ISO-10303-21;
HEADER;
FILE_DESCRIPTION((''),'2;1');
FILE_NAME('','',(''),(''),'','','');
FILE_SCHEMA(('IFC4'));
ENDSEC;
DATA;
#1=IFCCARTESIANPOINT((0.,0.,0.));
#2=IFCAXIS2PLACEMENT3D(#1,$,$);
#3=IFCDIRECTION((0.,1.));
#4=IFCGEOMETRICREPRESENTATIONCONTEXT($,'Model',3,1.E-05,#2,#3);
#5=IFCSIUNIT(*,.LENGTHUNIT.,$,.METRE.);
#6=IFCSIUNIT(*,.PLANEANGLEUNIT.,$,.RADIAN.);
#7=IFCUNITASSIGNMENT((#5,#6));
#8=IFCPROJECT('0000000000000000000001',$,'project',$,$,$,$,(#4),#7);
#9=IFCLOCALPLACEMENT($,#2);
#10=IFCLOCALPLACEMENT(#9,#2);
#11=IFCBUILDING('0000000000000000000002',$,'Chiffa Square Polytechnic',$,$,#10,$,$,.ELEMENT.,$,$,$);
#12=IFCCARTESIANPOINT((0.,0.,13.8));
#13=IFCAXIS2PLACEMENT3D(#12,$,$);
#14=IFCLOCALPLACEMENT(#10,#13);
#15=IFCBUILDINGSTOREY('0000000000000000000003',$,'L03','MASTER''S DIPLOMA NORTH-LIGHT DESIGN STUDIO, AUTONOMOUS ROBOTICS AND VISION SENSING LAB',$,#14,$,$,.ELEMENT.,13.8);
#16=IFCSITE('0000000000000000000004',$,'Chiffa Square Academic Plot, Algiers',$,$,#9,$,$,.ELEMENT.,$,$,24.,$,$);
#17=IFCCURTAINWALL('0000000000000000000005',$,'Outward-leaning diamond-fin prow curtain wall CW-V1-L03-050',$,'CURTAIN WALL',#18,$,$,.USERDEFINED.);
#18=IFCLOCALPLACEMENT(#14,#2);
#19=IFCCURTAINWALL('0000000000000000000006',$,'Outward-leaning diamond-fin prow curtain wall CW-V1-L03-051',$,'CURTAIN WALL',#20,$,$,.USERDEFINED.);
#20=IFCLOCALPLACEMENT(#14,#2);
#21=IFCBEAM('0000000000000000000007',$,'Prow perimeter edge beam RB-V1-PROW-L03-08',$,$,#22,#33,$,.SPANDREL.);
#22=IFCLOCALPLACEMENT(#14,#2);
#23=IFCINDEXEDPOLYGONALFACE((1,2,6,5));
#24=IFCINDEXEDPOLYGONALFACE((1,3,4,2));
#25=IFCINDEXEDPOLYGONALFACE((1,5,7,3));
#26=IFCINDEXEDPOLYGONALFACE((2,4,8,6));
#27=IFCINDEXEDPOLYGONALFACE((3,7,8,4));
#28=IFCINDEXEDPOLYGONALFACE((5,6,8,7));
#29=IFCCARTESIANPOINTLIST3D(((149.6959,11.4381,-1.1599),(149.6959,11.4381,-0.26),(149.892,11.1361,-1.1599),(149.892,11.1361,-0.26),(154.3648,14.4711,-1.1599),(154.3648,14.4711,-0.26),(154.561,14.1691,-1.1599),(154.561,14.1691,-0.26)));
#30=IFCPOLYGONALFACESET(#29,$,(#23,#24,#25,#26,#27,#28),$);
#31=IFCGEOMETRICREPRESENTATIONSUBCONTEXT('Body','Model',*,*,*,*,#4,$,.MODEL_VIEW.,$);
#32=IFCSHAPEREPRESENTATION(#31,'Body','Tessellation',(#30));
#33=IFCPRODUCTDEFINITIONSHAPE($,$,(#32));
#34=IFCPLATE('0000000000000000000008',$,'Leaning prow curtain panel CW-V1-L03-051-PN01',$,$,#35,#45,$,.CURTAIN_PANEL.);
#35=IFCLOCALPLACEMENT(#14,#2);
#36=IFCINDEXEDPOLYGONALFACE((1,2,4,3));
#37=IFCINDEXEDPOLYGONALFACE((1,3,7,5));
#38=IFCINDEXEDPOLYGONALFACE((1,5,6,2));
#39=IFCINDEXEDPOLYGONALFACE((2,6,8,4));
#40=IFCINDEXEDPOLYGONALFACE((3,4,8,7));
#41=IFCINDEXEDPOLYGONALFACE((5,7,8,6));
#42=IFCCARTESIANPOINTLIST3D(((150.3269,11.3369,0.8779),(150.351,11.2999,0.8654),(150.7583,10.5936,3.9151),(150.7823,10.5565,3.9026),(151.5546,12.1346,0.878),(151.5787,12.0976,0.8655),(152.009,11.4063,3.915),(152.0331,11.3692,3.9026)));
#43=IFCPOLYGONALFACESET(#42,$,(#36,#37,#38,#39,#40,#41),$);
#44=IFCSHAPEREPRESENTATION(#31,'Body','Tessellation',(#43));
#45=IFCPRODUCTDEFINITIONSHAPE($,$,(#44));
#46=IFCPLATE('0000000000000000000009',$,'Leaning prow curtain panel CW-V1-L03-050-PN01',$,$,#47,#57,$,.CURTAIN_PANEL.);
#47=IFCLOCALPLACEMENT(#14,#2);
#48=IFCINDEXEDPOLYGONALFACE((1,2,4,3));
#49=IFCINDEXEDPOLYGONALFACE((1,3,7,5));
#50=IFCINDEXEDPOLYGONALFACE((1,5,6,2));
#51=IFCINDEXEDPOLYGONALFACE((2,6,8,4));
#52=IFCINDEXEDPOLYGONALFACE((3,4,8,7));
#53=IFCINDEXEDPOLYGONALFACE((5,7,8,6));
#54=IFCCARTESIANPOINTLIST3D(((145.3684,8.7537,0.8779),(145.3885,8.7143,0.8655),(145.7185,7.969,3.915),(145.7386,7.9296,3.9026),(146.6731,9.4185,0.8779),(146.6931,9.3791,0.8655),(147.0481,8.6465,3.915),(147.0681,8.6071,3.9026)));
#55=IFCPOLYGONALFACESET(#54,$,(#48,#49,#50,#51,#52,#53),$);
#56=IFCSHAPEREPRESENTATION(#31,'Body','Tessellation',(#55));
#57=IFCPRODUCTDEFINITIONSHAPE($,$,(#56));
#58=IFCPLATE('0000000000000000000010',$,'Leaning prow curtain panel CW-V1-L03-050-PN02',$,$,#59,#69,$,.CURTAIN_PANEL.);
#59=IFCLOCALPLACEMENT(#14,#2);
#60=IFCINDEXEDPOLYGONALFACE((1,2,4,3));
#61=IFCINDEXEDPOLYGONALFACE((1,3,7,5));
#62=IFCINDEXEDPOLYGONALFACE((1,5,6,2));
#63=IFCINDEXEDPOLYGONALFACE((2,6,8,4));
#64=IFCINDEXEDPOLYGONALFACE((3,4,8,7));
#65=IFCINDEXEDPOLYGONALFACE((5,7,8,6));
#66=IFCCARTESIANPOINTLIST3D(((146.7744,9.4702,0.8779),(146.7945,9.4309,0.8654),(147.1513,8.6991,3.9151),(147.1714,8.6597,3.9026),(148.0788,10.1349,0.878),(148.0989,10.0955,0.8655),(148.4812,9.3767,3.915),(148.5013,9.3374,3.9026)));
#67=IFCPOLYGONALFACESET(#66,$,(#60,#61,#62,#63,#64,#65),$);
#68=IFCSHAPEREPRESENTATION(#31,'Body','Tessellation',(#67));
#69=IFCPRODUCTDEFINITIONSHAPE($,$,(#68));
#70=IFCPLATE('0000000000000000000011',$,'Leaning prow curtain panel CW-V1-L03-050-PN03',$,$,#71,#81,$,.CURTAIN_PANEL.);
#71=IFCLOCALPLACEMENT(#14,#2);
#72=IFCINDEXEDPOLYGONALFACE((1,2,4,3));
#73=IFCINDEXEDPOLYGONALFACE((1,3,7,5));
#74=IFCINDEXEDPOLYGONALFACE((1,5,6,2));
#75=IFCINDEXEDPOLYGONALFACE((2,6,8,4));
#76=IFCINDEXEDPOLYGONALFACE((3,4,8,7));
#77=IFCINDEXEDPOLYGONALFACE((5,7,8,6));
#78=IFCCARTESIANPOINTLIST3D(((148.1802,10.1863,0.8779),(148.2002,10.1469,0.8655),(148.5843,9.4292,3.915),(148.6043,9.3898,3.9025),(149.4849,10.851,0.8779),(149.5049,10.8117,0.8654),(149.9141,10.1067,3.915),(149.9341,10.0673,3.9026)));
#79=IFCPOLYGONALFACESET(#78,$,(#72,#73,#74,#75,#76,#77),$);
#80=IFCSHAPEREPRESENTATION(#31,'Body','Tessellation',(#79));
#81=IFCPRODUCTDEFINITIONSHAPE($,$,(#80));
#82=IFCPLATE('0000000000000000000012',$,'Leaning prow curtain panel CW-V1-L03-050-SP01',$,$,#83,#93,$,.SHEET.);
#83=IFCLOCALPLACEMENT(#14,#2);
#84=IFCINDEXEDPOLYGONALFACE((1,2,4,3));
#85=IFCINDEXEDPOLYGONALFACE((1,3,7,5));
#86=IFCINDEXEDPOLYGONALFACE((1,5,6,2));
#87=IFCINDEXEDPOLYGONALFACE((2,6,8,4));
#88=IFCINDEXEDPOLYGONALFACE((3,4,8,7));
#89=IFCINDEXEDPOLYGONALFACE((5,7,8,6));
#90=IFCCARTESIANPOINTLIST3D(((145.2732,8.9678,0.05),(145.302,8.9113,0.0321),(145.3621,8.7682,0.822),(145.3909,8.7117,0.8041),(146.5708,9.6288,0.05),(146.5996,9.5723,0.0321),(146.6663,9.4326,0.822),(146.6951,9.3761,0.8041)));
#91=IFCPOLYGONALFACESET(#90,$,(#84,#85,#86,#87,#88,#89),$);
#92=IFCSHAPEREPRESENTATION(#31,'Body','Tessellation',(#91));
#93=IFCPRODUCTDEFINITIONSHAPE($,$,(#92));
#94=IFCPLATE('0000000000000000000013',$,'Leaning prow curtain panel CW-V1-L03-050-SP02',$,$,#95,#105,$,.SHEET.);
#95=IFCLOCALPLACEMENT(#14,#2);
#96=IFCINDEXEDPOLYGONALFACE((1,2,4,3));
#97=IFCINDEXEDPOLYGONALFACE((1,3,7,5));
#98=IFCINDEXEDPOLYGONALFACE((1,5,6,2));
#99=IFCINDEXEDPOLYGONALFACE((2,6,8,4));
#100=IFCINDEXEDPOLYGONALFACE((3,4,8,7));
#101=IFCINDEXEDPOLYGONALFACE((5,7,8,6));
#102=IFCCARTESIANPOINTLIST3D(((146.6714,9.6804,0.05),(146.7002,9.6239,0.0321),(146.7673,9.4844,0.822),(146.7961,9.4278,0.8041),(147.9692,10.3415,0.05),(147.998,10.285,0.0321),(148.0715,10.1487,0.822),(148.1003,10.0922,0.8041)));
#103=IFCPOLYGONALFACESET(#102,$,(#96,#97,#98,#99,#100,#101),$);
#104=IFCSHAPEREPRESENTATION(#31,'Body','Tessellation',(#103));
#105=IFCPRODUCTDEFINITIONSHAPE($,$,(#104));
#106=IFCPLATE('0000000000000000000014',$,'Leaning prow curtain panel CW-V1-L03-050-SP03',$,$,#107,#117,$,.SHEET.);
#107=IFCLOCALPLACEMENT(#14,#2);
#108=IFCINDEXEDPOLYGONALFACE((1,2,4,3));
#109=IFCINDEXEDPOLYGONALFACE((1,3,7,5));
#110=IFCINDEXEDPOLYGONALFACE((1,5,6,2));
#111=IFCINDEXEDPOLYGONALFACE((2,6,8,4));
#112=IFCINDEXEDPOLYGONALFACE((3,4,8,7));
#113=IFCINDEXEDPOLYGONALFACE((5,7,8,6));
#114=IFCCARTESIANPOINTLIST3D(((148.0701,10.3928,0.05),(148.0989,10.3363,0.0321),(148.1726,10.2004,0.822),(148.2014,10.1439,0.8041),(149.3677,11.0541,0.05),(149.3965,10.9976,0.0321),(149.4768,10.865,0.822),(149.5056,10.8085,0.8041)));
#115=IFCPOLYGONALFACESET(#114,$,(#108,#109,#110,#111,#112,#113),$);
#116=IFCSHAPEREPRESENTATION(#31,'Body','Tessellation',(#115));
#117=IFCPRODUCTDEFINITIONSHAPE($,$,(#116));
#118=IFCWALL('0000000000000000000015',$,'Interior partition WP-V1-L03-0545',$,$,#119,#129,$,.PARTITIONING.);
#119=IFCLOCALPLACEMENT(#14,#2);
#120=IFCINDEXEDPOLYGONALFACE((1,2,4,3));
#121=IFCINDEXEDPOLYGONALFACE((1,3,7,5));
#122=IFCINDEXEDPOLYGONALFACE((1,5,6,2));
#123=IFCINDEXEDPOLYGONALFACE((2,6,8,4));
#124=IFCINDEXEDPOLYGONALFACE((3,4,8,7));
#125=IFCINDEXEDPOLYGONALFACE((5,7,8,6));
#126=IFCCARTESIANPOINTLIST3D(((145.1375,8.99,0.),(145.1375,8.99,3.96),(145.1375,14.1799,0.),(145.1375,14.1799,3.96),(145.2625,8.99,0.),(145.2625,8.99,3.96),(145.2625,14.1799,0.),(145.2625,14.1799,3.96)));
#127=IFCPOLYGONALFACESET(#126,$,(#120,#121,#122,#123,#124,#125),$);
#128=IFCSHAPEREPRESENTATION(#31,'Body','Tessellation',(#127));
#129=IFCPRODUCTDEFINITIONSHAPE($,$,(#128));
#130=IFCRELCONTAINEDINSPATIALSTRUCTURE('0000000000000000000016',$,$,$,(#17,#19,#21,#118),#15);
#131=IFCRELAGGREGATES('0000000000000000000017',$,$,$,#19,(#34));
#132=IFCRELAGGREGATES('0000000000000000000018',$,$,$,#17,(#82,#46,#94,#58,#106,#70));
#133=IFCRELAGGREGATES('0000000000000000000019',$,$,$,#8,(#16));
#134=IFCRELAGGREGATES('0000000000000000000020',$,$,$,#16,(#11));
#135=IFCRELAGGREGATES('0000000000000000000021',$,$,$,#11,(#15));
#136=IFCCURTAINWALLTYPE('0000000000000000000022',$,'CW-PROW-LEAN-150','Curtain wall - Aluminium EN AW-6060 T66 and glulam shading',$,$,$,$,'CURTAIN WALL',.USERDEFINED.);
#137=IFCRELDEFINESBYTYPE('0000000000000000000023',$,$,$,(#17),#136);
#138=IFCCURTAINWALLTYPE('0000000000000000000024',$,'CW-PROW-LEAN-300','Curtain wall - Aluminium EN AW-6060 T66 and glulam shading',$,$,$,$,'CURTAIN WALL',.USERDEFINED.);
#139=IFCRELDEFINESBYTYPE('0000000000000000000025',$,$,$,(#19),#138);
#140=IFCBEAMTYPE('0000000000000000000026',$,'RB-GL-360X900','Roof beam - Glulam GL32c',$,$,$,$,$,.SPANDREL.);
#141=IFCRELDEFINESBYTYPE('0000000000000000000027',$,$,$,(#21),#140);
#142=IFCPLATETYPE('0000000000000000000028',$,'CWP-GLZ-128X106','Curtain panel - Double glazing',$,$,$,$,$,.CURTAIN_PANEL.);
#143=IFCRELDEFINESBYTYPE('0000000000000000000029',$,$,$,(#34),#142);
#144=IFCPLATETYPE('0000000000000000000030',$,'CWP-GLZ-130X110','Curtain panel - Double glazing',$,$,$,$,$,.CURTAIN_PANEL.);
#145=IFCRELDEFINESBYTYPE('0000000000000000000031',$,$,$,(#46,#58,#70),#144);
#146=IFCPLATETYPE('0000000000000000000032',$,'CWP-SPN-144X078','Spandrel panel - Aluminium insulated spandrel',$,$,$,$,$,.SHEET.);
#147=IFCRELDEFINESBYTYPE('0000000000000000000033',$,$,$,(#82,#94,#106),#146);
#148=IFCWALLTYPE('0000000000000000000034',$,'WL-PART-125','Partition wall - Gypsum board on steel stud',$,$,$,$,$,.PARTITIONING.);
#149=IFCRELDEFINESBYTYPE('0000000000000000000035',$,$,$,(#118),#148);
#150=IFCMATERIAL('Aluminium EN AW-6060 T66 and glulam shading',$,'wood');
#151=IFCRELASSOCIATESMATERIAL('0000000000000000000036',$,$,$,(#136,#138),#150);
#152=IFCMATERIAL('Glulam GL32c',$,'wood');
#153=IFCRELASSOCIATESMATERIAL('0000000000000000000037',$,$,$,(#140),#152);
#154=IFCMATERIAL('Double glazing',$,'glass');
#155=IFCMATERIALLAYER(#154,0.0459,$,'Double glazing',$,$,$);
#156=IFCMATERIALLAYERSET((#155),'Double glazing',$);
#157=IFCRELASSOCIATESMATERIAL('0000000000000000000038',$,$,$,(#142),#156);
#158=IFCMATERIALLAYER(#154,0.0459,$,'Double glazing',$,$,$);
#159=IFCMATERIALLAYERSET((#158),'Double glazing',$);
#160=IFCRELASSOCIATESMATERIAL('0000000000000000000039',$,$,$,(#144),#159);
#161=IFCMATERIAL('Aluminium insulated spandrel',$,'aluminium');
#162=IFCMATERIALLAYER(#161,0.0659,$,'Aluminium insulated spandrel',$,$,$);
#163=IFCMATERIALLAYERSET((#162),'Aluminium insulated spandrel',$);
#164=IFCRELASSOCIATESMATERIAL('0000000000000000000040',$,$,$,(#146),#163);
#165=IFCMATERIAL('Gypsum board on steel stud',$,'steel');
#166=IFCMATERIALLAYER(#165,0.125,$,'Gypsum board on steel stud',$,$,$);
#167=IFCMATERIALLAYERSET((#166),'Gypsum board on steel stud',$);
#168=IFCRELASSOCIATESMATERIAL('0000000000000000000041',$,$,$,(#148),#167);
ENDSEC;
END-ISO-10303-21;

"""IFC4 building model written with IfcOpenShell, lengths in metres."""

from ifc_helpers import new_model, si_unit, direction, frame, frame_2d, origin, origin_2d, place, context, subcontext, project, spatial, polyline, rectangle, outline, extrude, material, layer, layer_set, material_profile, profile_set, type_object, element, aggregate, save


model = new_model("IFC4")

# Units and contexts
model_context = context("Model", 3, precision=1e-05, world=origin(), true_north=direction((0.0, 1.0)))
body_context = subcontext(model_context, "Body", "Model", "MODEL_VIEW")
ifc_project = project(units=[si_unit("LENGTHUNIT", "METRE"), si_unit("PLANEANGLEUNIT", "RADIAN")], contexts=[model_context])

# Site, building, storey
site_placement = place(None, origin())
site = spatial("IfcSite", under=ifc_project, at=site_placement, Name="Chiffa Square Academic Plot, Algiers", CompositionType="ELEMENT", RefElevation=24.0)
building_placement = place(site_placement, origin())
building = spatial("IfcBuilding", under=site, at=building_placement, Name="Chiffa Square Polytechnic", CompositionType="ELEMENT")
storey_placement = place(building_placement, frame((0.0, 0.0, 13.8)))
storey = spatial("IfcBuildingStorey", under=building, at=storey_placement, Name="L03", Description="MASTER'S DIPLOMA NORTH-LIGHT DESIGN STUDIO, AUTONOMOUS ROBOTICS AND VISION SENSING LAB", CompositionType="ELEMENT", Elevation=13.8)

# Shared definitions
ifc_material_1 = material(Name="Glulam GL32c", Category="wood")

# Curtain walls
ifc_material_2 = material(Name="Aluminium EN AW-6060 T66 and glulam shading", Category="wood")
curtain_wall_type_1 = type_object("IfcCurtainWallType", Name="CW-PROW-LEAN-150", Description="Curtain wall - Aluminium EN AW-6060 T66 and glulam shading", ElementType="CURTAIN WALL", PredefinedType="USERDEFINED", material=ifc_material_2)
curtain_wall_1_placement = place(storey_placement, origin())
curtain_wall_1 = element("IfcCurtainWall", 1, at=curtain_wall_1_placement, inside=storey, type_object=curtain_wall_type_1, Name="Outward-leaning diamond-fin prow curtain wall CW-V1-L03-050", ObjectType="CURTAIN WALL", PredefinedType="USERDEFINED")
curtain_wall_type_2 = type_object("IfcCurtainWallType", Name="CW-PROW-LEAN-300", Description="Curtain wall - Aluminium EN AW-6060 T66 and glulam shading", ElementType="CURTAIN WALL", PredefinedType="USERDEFINED", material=ifc_material_2)
curtain_wall_2_placement = place(storey_placement, origin())
curtain_wall_2 = element("IfcCurtainWall", 2, at=curtain_wall_2_placement, inside=storey, type_object=curtain_wall_type_2, Name="Outward-leaning diamond-fin prow curtain wall CW-V1-L03-051", ObjectType="CURTAIN WALL", PredefinedType="USERDEFINED")

# Beam
ifc_material_profile_1 = material_profile(ifc_material_1, rectangle(XDim=0.3601, YDim=0.8999, at=origin_2d()), Name="GL32c 360x900")
ifc_profile_set_1 = profile_set([ifc_material_profile_1], Name="Glulam GL32c")
beam_type = type_object("IfcBeamType", Name="RB-GL-360X900", Description="Roof beam - Glulam GL32c", PredefinedType="SPANDREL", material=ifc_profile_set_1)
beam_placement = place(storey_placement, frame((149.7939, 11.2871, -0.71), z_axis=(0.838596, 0.544754, 0.0), x_axis=(-0.544754, 0.838596, 0.0)))
element("IfcBeam", 3, at=beam_placement, inside=storey, type_object=beam_type, Name="Prow perimeter edge beam RB-V1-PROW-L03-08", PredefinedType="SPANDREL", context=body_context, shape_type="SweptSolid", body=[
    extrude(rectangle(XDim=0.3601, YDim=0.8999, at=origin_2d()), origin(), (0.0, 0.0, 1.0), 5.5676),
])

# Plates
ifc_material_3 = material(Name="Double glazing", Category="glass")
ifc_layer_1 = layer(ifc_material_3, 0.0459, Name="Double glazing")
ifc_layer_set_1 = layer_set([ifc_layer_1], Name="Double glazing")
plate_type_1 = type_object("IfcPlateType", Name="CWP-GLZ-128X106", Description="Curtain panel - Double glazing", PredefinedType="CURTAIN_PANEL", material=ifc_layer_set_1)
plate_1_placement = place(storey_placement, frame((150.3269, 11.3369, 0.8779), z_axis=(-0.52429, 0.806943, 0.271961), x_axis=(0.838552, 0.544822, 0.000017)))
plate_1 = element("IfcPlate", 4, at=plate_1_placement, type_object=plate_type_1, Name="Leaning prow curtain panel CW-V1-L03-051-PN01", PredefinedType="CURTAIN_PANEL", context=body_context, shape_type="SweptSolid", body=[
    extrude(outline(polyline([(0.0, 0.0), (1.4641, 0.0), (1.4484, -3.156), (-0.0432, -3.1561), (0.0, 0.0)])), origin(), (0.0, 0.0, -1.0), 0.0459),
])
aggregate(curtain_wall_2, [plate_1])
ifc_layer_2 = layer(ifc_material_3, 0.0459, Name="Double glazing")
ifc_layer_set_2 = layer_set([ifc_layer_2], Name="Double glazing")
plate_type_2 = type_object("IfcPlateType", Name="CWP-GLZ-130X110", Description="Curtain panel - Double glazing", PredefinedType="CURTAIN_PANEL", material=ifc_layer_set_2)
plate_2_placement = place(storey_placement, frame((145.3684, 8.7537, 0.8779), z_axis=(-0.436902, 0.857434, 0.271889), x_axis=(0.890999, 0.454005, 0.000001)))
plate_2 = element("IfcPlate", 5, at=plate_2_placement, type_object=plate_type_2, Name="Leaning prow curtain panel CW-V1-L03-050-PN01", PredefinedType="CURTAIN_PANEL", context=body_context, shape_type="SweptSolid", body=[
    extrude(outline(polyline([(0.0, 0.0), (1.4643, 0.0), (1.4479, -3.156), (-0.0443, -3.156), (0.0, 0.0)])), origin(), (0.0, 0.0, -1.0), 0.0459),
])
plate_3_placement = place(storey_placement, frame((146.7744, 9.4702, 0.8779), z_axis=(-0.436897, 0.857425, 0.271925), x_axis=(0.891002, 0.454, 0.00002)))
plate_3 = element("IfcPlate", 6, at=plate_3_placement, type_object=plate_type_2, Name="Leaning prow curtain panel CW-V1-L03-050-PN02", PredefinedType="CURTAIN_PANEL", context=body_context, shape_type="SweptSolid", body=[
    extrude(outline(polyline([(0.0, 0.0), (1.464, 0.0), (1.4784, -3.156), (-0.0142, -3.1561), (0.0, 0.0)])), origin(), (0.0, 0.0, -1.0), 0.0459),
])
plate_4_placement = place(storey_placement, frame((148.1802, 10.1863, 0.8779), z_axis=(-0.436871, 0.857453, 0.27188), x_axis=(0.891015, 0.453974, -0.000009)))
plate_4 = element("IfcPlate", 7, at=plate_4_placement, type_object=plate_type_2, Name="Leaning prow curtain panel CW-V1-L03-050-PN03", PredefinedType="CURTAIN_PANEL", context=body_context, shape_type="SweptSolid", body=[
    extrude(outline(polyline([(0.0, 0.0), (1.4643, 0.0), (1.5088, -3.156), (0.0163, -3.156), (0.0, 0.0)])), origin(), (0.0, 0.0, -1.0), 0.0459),
])
ifc_material_4 = material(Name="Aluminium insulated spandrel", Category="aluminium")
ifc_layer_3 = layer(ifc_material_4, 0.0659, Name="Aluminium insulated spandrel")
ifc_layer_set_3 = layer_set([ifc_layer_3], Name="Aluminium insulated spandrel")
plate_type_3 = type_object("IfcPlateType", Name="CWP-SPN-144X078", Description="Spandrel panel - Aluminium insulated spandrel", PredefinedType="SHEET", material=ifc_layer_set_3)
plate_5_placement = place(storey_placement, frame((145.2732, 8.9678, 0.05), z_axis=(-0.436817, 0.857461, 0.271939), x_axis=(0.891039, 0.453927, -0.000015)))
plate_5 = element("IfcPlate", 8, at=plate_5_placement, type_object=plate_type_3, Name="Leaning prow curtain panel CW-V1-L03-050-SP01", PredefinedType="SHEET", context=body_context, shape_type="SweptSolid", body=[
    extrude(outline(polyline([(0.0, 0.0), (1.4563, 0.0), (1.4523, -0.8022), (-0.0114, -0.8022), (0.0, 0.0)])), origin(), (0.0, 0.0, -1.0), 0.0659),
])
plate_6_placement = place(storey_placement, frame((146.6714, 9.6804, 0.05), z_axis=(-0.436768, 0.857445, 0.272069), x_axis=(0.891057, 0.453891, -0.000005)))
plate_6 = element("IfcPlate", 9, at=plate_6_placement, type_object=plate_type_3, Name="Leaning prow curtain panel CW-V1-L03-050-SP02", PredefinedType="SHEET", context=body_context, shape_type="SweptSolid", body=[
    extrude(outline(polyline([(0.0, 0.0), (1.4565, 0.0), (1.4601, -0.8022), (-0.0035, -0.8022), (0.0, 0.0)])), origin(), (0.0, 0.0, -1.0), 0.0659),
])
plate_7_placement = place(storey_placement, frame((148.0701, 10.3928, 0.05), z_axis=(-0.43696, 0.857426, 0.271822), x_axis=(0.890971, 0.45406, -0.000015)))
plate_7 = element("IfcPlate", 10, at=plate_7_placement, type_object=plate_type_3, Name="Leaning prow curtain panel CW-V1-L03-050-SP03", PredefinedType="SHEET", context=body_context, shape_type="SweptSolid", body=[
    extrude(outline(polyline([(0.0, 0.0), (1.4564, 0.0), (1.4677, -0.8022), (0.004, -0.8022), (0.0, 0.0)])), origin(), (0.0, 0.0, -1.0), 0.0659),
])
aggregate(curtain_wall_1, [plate_5, plate_2, plate_6, plate_3, plate_7, plate_4])

# Wall
ifc_material_5 = material(Name="Gypsum board on steel stud", Category="steel")
ifc_layer_4 = layer(ifc_material_5, 0.125, Name="Gypsum board on steel stud")
ifc_layer_set_4 = layer_set([ifc_layer_4], Name="Gypsum board on steel stud")
wall_type = type_object("IfcWallType", Name="WL-PART-125", Description="Partition wall - Gypsum board on steel stud", PredefinedType="PARTITIONING", material=ifc_layer_set_4)
wall_placement = place(storey_placement, frame((145.2, 8.99, 0.0), z_axis=(0.0, 0.0, 1.0), x_axis=(0.0, 1.0, 0.0)))
element("IfcWall", 11, at=wall_placement, inside=storey, type_object=wall_type, Name="Interior partition WP-V1-L03-0545", PredefinedType="PARTITIONING", context=body_context, shape_type="SweptSolid", body=[
    extrude(rectangle(XDim=5.1899, YDim=0.125, at=frame_2d((2.595, 0.0))), origin(), (0.0, 0.0, 1.0), 3.96),
])

save(model, "model.ifc")
